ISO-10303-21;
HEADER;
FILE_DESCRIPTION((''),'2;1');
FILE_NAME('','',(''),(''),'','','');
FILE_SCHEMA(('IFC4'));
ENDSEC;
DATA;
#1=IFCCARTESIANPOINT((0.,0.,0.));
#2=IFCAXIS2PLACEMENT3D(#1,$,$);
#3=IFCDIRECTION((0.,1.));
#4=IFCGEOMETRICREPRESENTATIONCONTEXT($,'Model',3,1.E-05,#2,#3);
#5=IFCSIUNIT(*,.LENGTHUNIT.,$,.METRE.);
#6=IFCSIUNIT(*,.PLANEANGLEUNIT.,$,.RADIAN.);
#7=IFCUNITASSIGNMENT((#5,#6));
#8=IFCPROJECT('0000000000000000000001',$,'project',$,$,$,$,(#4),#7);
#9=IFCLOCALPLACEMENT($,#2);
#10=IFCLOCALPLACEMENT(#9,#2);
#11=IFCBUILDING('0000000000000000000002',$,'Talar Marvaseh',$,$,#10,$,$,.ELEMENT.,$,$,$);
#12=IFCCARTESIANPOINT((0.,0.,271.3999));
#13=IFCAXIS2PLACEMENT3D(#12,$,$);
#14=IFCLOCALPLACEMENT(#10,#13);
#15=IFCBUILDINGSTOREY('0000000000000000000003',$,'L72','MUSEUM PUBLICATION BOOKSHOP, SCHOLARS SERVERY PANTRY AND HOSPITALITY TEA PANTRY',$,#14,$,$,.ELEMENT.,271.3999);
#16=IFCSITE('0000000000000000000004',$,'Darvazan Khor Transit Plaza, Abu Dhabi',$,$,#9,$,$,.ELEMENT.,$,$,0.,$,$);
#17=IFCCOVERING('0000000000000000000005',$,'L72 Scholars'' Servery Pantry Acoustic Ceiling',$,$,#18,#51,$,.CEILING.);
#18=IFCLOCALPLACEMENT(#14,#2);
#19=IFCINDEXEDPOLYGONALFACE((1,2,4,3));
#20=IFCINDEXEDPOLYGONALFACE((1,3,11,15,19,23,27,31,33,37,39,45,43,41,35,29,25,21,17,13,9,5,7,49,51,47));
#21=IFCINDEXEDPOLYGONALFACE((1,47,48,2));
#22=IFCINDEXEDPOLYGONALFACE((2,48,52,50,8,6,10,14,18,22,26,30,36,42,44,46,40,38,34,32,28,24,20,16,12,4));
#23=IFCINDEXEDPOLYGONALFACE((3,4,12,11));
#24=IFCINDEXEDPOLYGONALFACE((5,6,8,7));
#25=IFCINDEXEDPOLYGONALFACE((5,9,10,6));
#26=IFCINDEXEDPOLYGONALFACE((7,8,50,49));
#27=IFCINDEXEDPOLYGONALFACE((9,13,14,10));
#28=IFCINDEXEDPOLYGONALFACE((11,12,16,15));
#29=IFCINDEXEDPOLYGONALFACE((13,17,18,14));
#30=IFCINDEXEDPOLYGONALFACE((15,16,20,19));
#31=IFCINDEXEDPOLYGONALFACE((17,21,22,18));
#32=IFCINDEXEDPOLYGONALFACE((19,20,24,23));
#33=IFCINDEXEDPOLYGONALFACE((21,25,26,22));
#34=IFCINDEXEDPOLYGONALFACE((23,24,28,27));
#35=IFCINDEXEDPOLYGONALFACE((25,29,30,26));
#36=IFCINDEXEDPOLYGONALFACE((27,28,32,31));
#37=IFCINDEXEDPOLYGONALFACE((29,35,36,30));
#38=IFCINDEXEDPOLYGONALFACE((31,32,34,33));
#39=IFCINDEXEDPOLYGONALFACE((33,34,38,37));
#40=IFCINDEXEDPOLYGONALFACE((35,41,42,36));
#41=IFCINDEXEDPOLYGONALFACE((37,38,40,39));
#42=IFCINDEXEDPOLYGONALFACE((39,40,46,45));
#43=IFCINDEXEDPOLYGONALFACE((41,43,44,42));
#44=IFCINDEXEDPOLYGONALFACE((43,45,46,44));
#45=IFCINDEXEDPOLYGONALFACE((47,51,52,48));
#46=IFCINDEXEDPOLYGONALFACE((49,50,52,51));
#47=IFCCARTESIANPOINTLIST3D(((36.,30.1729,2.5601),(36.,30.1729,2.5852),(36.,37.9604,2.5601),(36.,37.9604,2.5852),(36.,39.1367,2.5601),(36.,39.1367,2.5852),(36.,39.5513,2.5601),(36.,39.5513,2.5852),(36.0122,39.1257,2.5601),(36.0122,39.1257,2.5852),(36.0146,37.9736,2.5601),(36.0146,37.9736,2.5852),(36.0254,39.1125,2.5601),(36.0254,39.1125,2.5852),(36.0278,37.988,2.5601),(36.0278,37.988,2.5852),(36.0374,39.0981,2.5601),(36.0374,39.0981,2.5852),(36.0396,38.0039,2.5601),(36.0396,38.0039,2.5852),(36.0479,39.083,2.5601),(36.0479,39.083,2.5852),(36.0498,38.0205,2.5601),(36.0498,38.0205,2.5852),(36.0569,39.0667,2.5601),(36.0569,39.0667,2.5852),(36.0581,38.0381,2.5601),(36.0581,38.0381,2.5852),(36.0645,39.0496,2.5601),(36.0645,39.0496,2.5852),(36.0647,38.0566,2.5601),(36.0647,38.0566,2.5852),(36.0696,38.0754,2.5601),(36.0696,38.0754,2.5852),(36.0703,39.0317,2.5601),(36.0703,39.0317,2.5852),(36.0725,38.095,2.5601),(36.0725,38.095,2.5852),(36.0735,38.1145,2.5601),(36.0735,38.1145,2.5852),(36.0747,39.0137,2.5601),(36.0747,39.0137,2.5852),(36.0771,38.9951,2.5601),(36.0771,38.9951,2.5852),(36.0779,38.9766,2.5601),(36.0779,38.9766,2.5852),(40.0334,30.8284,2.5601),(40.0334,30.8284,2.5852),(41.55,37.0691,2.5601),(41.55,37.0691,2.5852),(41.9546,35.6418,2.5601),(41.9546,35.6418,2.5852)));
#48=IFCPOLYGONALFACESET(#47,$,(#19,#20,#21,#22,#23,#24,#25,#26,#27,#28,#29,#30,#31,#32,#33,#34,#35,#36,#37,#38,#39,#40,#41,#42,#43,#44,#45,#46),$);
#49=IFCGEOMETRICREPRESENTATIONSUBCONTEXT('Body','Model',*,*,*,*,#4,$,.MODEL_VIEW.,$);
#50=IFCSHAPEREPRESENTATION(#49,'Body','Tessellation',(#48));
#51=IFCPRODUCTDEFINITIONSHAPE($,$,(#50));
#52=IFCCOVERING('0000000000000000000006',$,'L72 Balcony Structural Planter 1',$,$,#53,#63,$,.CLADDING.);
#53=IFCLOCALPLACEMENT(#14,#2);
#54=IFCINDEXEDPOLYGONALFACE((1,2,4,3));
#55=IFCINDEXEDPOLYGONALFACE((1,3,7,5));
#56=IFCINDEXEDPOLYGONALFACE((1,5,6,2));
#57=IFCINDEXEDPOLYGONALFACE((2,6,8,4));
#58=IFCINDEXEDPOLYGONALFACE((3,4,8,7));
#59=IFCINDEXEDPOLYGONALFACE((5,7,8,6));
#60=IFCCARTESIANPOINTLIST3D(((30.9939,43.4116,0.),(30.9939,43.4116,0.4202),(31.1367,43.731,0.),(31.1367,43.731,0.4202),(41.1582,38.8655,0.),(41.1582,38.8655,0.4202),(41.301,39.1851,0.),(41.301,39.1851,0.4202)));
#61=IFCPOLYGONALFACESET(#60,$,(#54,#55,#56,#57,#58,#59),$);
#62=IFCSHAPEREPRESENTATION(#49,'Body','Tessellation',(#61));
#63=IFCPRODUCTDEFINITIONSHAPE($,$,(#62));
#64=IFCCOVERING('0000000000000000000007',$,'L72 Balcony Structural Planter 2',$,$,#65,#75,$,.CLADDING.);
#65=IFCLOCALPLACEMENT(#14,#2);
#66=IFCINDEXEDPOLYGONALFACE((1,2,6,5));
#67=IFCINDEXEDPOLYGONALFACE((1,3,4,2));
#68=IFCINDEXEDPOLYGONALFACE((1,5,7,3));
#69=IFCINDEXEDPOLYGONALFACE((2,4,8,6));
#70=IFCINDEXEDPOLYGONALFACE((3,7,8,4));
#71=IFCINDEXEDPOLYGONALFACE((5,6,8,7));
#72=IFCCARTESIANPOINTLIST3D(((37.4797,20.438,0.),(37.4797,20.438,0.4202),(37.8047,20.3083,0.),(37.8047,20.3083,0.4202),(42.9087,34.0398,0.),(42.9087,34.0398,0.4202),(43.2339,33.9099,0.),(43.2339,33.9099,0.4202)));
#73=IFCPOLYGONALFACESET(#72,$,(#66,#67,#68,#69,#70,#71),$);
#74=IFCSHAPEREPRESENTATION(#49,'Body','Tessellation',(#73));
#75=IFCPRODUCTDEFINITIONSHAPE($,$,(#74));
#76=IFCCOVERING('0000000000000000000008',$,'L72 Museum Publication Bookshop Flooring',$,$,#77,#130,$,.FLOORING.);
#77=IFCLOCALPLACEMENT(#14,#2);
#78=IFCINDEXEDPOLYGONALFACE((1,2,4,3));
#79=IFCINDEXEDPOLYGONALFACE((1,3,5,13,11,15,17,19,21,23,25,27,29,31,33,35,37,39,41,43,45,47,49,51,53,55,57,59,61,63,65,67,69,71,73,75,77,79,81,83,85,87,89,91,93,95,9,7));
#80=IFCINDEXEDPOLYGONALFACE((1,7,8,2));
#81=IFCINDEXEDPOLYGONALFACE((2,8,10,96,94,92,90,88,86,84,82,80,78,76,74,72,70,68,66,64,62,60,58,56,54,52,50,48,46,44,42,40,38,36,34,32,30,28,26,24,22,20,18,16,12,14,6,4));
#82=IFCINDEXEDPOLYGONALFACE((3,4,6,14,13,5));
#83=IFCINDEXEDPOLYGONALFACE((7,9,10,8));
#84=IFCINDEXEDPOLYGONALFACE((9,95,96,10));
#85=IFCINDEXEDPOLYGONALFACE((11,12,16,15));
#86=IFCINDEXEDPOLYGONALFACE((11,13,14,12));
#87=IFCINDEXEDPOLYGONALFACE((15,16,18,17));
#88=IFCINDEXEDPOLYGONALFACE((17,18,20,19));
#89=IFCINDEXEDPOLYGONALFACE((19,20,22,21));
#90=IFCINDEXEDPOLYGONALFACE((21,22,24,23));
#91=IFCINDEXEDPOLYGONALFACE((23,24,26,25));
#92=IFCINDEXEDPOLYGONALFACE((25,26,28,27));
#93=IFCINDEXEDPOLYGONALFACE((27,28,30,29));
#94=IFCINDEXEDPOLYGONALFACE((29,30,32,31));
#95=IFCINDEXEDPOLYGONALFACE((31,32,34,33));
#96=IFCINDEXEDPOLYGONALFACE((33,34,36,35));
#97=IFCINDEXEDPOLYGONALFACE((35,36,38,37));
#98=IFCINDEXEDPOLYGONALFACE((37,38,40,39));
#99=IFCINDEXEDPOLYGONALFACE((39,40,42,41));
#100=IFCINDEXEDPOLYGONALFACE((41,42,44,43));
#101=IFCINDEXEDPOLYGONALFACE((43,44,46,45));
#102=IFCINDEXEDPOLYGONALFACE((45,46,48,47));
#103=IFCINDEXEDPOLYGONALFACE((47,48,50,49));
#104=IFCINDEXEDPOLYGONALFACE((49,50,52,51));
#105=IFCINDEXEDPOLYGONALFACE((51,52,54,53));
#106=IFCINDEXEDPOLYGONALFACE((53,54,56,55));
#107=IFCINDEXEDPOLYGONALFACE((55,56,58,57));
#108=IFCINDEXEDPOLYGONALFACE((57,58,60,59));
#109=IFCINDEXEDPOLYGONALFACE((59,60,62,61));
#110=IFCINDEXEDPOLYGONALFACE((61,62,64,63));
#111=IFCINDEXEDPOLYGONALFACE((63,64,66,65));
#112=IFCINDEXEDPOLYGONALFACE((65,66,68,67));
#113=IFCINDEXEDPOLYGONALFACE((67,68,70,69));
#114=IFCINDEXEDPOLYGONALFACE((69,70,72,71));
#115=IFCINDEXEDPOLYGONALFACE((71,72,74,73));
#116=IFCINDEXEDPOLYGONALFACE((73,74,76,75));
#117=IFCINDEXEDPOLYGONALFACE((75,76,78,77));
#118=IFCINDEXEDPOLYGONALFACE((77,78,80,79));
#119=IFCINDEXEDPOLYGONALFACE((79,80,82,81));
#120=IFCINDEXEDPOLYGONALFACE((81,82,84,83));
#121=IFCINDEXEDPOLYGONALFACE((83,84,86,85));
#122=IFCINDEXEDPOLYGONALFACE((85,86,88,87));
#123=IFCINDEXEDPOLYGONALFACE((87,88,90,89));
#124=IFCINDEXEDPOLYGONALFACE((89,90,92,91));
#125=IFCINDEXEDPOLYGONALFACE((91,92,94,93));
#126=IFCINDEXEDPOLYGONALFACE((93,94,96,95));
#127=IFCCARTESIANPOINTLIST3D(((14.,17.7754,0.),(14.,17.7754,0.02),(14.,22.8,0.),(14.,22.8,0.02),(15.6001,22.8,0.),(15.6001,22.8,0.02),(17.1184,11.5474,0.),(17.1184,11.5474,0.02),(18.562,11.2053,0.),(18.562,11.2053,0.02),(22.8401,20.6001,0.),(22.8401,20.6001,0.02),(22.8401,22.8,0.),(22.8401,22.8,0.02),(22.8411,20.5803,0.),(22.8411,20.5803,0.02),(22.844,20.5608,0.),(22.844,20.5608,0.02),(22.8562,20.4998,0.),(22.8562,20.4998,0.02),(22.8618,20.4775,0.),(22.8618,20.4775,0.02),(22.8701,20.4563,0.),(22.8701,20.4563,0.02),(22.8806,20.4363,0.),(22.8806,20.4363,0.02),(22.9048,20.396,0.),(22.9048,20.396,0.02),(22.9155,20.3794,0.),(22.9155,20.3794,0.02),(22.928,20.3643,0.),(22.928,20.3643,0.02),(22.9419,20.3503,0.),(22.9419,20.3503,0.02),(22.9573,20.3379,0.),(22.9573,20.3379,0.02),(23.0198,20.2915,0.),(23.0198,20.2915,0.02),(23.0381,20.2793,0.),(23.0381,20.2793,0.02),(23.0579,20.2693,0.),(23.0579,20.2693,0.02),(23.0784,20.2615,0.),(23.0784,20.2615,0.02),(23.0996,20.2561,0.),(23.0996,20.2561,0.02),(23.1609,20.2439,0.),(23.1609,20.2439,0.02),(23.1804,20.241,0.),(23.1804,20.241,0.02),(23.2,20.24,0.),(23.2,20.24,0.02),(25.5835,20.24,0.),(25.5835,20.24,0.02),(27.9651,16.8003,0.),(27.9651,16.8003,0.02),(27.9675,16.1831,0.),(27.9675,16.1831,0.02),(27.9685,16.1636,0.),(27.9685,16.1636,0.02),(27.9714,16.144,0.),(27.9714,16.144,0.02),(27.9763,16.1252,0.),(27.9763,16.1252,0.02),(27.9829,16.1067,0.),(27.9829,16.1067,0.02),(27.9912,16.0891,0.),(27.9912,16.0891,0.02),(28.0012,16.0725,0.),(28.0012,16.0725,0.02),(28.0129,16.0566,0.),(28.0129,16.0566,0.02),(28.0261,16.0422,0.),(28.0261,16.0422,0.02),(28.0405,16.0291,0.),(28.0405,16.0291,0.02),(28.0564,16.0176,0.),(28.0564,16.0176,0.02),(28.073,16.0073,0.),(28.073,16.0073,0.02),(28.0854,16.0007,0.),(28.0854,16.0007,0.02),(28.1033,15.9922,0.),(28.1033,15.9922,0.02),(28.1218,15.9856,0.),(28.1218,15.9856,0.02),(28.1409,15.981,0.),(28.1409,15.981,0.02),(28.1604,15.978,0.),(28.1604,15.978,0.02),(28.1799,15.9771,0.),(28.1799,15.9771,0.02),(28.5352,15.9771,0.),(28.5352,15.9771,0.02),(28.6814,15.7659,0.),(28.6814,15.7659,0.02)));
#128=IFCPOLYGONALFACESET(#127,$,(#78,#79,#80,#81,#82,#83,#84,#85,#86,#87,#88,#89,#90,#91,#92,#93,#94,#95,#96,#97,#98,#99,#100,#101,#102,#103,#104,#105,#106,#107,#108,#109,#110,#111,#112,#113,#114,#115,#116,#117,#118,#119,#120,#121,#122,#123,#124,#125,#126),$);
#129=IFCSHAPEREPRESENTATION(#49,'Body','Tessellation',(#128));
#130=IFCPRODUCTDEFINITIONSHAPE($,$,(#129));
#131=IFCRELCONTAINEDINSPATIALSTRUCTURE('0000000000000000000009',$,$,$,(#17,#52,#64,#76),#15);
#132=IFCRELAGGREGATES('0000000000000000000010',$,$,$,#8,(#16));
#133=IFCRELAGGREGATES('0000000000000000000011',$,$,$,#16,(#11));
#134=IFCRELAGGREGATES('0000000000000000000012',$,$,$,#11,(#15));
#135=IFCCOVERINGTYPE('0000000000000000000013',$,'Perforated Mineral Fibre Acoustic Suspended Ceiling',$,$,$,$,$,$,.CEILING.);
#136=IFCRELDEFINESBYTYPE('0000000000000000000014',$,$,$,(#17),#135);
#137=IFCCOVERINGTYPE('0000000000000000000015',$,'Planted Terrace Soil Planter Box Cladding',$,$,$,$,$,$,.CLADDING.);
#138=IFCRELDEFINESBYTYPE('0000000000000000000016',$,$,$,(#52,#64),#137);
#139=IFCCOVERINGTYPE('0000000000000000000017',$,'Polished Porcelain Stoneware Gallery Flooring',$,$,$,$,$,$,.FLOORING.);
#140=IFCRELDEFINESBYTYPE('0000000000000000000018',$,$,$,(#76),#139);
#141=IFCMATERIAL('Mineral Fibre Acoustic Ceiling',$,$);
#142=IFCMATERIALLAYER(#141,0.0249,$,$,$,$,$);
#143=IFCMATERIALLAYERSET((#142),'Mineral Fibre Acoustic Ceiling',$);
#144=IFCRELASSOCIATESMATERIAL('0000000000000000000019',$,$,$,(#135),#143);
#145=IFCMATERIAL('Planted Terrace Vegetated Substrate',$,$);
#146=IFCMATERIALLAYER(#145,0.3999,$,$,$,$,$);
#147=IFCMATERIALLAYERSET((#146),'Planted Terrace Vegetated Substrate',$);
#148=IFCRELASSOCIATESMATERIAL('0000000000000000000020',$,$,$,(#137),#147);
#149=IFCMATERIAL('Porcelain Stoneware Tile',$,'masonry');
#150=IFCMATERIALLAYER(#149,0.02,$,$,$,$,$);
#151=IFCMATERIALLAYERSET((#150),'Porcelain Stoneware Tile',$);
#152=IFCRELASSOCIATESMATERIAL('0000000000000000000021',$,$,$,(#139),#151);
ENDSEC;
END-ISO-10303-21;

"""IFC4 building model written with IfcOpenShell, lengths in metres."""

from ifc_helpers import new_model, si_unit, direction, frame, origin, place, context, subcontext, project, spatial, polyline, outline, extrude, material, layer, layer_set, type_object, element, save


model = new_model("IFC4")

# Units and contexts
model_context = context("Model", 3, precision=1e-05, world=origin(), true_north=direction((0.0, 1.0)))
body_context = subcontext(model_context, "Body", "Model", "MODEL_VIEW")
ifc_project = project(units=[si_unit("LENGTHUNIT", "METRE"), si_unit("PLANEANGLEUNIT", "RADIAN")], contexts=[model_context])

# Site, building, storey
site_placement = place(None, origin())
site = spatial("IfcSite", under=ifc_project, at=site_placement, Name="Darvazan Khor Transit Plaza, Abu Dhabi", CompositionType="ELEMENT", RefElevation=0.0)
building_placement = place(site_placement, origin())
building = spatial("IfcBuilding", under=site, at=building_placement, Name="Talar Marvaseh", CompositionType="ELEMENT")
storey_placement = place(building_placement, frame((0.0, 0.0, 271.3999)))
storey = spatial("IfcBuildingStorey", under=building, at=storey_placement, Name="L72", Description="MUSEUM PUBLICATION BOOKSHOP, SCHOLARS SERVERY PANTRY AND HOSPITALITY TEA PANTRY", CompositionType="ELEMENT", Elevation=271.3999)

# Coverings
ifc_material_1 = material(Name="Mineral Fibre Acoustic Ceiling")
ifc_layer_1 = layer(ifc_material_1, 0.0249)
ifc_layer_set_1 = layer_set([ifc_layer_1], Name="Mineral Fibre Acoustic Ceiling")
covering_type_1 = type_object("IfcCoveringType", Name="Perforated Mineral Fibre Acoustic Suspended Ceiling", PredefinedType="CEILING", material=ifc_layer_set_1)
covering_1_placement = place(storey_placement, frame((0.0, 0.0, 2.5601)))
element("IfcCovering", 1, at=covering_1_placement, inside=storey, type_object=covering_type_1, Name="L72 Scholars' Servery Pantry Acoustic Ceiling", PredefinedType="CEILING", context=body_context, shape_type="SweptSolid", body=[
    extrude(outline(polyline([(41.9546, 35.6418), (40.0334, 30.8284), (36.0, 30.1729), (36.0, 37.9604), (36.0, 37.9604), (36.0146, 37.9736), (36.0278, 37.988), (36.0396, 38.0039), (36.0498, 38.0205), (36.0581, 38.0381), (36.0647, 38.0566), (36.0696, 38.0754), (36.0725, 38.095), (36.0735, 38.1145), (36.0779, 38.9766), (36.0771, 38.9951), (36.0747, 39.0137), (36.0703, 39.0317), (36.0645, 39.0496), (36.0569, 39.0667), (36.0479, 39.083), (36.0374, 39.0981), (36.0254, 39.1125), (36.0122, 39.1257), (36.0, 39.1367), (36.0, 39.5513), (41.55, 37.0691), (41.9546, 35.6418)])), origin(), (0.0, 0.0, 1.0), 0.0251),
])
ifc_material_2 = material(Name="Planted Terrace Vegetated Substrate")
ifc_layer_2 = layer(ifc_material_2, 0.3999)
ifc_layer_set_2 = layer_set([ifc_layer_2], Name="Planted Terrace Vegetated Substrate")
covering_type_2 = type_object("IfcCoveringType", Name="Planted Terrace Soil Planter Box Cladding", PredefinedType="CLADDING", material=ifc_layer_set_2)
covering_2_placement = place(storey_placement, origin())
element("IfcCovering", 2, at=covering_2_placement, inside=storey, type_object=covering_type_2, Name="L72 Balcony Structural Planter 1", PredefinedType="CLADDING", context=body_context, shape_type="SweptSolid", body=[
    extrude(outline(polyline([(31.1367, 43.731), (41.301, 39.1851), (41.1582, 38.8655), (30.9939, 43.4116), (31.1367, 43.731)])), origin(), (0.0, 0.0, 1.0), 0.4202),
])
covering_3_placement = place(storey_placement, origin())
element("IfcCovering", 3, at=covering_3_placement, inside=storey, type_object=covering_type_2, Name="L72 Balcony Structural Planter 2", PredefinedType="CLADDING", context=body_context, shape_type="SweptSolid", body=[
    extrude(outline(polyline([(43.2339, 33.9099), (37.8047, 20.3083), (37.4797, 20.438), (42.9087, 34.0398), (43.2339, 33.9099)])), origin(), (0.0, 0.0, 1.0), 0.4202),
])
ifc_material_3 = material(Name="Porcelain Stoneware Tile", Category="masonry")
ifc_layer_3 = layer(ifc_material_3, 0.02)
ifc_layer_set_3 = layer_set([ifc_layer_3], Name="Porcelain Stoneware Tile")
covering_type_3 = type_object("IfcCoveringType", Name="Polished Porcelain Stoneware Gallery Flooring", PredefinedType="FLOORING", material=ifc_layer_set_3)
covering_4_placement = place(storey_placement, origin())
element("IfcCovering", 4, at=covering_4_placement, inside=storey, type_object=covering_type_3, Name="L72 Museum Publication Bookshop Flooring", PredefinedType="FLOORING", context=body_context, shape_type="SweptSolid", body=[
    extrude(outline(polyline([(22.8401, 20.6001), (22.8411, 20.5803), (22.844, 20.5608), (22.8562, 20.4998), (22.8618, 20.4775), (22.8701, 20.4563), (22.8806, 20.4363), (22.9048, 20.396), (22.9155, 20.3794), (22.928, 20.3643), (22.9419, 20.3503), (22.9573, 20.3379), (23.0198, 20.2915), (23.0381, 20.2793), (23.0579, 20.2693), (23.0784, 20.2615), (23.0996, 20.2561), (23.1609, 20.2439), (23.1804, 20.241), (23.2, 20.24), (25.5835, 20.24), (27.9651, 16.8003), (27.9675, 16.1831), (27.9685, 16.1636), (27.9714, 16.144), (27.9763, 16.1252), (27.9829, 16.1067), (27.9912, 16.0891), (28.0012, 16.0725), (28.0129, 16.0566), (28.0261, 16.0422), (28.0405, 16.0291), (28.0564, 16.0176), (28.073, 16.0073), (28.0854, 16.0007), (28.1033, 15.9922), (28.1218, 15.9856), (28.1409, 15.981), (28.1604, 15.978), (28.1799, 15.9771), (28.5352, 15.9771), (28.6814, 15.7659), (18.562, 11.2053), (17.1184, 11.5474), (14.0, 17.7754), (14.0, 22.8), (15.6001, 22.8), (22.8401, 22.8), (22.8401, 20.6001)])), origin(), (0.0, 0.0, 1.0), 0.02),
])

save(model, "model.ifc")
